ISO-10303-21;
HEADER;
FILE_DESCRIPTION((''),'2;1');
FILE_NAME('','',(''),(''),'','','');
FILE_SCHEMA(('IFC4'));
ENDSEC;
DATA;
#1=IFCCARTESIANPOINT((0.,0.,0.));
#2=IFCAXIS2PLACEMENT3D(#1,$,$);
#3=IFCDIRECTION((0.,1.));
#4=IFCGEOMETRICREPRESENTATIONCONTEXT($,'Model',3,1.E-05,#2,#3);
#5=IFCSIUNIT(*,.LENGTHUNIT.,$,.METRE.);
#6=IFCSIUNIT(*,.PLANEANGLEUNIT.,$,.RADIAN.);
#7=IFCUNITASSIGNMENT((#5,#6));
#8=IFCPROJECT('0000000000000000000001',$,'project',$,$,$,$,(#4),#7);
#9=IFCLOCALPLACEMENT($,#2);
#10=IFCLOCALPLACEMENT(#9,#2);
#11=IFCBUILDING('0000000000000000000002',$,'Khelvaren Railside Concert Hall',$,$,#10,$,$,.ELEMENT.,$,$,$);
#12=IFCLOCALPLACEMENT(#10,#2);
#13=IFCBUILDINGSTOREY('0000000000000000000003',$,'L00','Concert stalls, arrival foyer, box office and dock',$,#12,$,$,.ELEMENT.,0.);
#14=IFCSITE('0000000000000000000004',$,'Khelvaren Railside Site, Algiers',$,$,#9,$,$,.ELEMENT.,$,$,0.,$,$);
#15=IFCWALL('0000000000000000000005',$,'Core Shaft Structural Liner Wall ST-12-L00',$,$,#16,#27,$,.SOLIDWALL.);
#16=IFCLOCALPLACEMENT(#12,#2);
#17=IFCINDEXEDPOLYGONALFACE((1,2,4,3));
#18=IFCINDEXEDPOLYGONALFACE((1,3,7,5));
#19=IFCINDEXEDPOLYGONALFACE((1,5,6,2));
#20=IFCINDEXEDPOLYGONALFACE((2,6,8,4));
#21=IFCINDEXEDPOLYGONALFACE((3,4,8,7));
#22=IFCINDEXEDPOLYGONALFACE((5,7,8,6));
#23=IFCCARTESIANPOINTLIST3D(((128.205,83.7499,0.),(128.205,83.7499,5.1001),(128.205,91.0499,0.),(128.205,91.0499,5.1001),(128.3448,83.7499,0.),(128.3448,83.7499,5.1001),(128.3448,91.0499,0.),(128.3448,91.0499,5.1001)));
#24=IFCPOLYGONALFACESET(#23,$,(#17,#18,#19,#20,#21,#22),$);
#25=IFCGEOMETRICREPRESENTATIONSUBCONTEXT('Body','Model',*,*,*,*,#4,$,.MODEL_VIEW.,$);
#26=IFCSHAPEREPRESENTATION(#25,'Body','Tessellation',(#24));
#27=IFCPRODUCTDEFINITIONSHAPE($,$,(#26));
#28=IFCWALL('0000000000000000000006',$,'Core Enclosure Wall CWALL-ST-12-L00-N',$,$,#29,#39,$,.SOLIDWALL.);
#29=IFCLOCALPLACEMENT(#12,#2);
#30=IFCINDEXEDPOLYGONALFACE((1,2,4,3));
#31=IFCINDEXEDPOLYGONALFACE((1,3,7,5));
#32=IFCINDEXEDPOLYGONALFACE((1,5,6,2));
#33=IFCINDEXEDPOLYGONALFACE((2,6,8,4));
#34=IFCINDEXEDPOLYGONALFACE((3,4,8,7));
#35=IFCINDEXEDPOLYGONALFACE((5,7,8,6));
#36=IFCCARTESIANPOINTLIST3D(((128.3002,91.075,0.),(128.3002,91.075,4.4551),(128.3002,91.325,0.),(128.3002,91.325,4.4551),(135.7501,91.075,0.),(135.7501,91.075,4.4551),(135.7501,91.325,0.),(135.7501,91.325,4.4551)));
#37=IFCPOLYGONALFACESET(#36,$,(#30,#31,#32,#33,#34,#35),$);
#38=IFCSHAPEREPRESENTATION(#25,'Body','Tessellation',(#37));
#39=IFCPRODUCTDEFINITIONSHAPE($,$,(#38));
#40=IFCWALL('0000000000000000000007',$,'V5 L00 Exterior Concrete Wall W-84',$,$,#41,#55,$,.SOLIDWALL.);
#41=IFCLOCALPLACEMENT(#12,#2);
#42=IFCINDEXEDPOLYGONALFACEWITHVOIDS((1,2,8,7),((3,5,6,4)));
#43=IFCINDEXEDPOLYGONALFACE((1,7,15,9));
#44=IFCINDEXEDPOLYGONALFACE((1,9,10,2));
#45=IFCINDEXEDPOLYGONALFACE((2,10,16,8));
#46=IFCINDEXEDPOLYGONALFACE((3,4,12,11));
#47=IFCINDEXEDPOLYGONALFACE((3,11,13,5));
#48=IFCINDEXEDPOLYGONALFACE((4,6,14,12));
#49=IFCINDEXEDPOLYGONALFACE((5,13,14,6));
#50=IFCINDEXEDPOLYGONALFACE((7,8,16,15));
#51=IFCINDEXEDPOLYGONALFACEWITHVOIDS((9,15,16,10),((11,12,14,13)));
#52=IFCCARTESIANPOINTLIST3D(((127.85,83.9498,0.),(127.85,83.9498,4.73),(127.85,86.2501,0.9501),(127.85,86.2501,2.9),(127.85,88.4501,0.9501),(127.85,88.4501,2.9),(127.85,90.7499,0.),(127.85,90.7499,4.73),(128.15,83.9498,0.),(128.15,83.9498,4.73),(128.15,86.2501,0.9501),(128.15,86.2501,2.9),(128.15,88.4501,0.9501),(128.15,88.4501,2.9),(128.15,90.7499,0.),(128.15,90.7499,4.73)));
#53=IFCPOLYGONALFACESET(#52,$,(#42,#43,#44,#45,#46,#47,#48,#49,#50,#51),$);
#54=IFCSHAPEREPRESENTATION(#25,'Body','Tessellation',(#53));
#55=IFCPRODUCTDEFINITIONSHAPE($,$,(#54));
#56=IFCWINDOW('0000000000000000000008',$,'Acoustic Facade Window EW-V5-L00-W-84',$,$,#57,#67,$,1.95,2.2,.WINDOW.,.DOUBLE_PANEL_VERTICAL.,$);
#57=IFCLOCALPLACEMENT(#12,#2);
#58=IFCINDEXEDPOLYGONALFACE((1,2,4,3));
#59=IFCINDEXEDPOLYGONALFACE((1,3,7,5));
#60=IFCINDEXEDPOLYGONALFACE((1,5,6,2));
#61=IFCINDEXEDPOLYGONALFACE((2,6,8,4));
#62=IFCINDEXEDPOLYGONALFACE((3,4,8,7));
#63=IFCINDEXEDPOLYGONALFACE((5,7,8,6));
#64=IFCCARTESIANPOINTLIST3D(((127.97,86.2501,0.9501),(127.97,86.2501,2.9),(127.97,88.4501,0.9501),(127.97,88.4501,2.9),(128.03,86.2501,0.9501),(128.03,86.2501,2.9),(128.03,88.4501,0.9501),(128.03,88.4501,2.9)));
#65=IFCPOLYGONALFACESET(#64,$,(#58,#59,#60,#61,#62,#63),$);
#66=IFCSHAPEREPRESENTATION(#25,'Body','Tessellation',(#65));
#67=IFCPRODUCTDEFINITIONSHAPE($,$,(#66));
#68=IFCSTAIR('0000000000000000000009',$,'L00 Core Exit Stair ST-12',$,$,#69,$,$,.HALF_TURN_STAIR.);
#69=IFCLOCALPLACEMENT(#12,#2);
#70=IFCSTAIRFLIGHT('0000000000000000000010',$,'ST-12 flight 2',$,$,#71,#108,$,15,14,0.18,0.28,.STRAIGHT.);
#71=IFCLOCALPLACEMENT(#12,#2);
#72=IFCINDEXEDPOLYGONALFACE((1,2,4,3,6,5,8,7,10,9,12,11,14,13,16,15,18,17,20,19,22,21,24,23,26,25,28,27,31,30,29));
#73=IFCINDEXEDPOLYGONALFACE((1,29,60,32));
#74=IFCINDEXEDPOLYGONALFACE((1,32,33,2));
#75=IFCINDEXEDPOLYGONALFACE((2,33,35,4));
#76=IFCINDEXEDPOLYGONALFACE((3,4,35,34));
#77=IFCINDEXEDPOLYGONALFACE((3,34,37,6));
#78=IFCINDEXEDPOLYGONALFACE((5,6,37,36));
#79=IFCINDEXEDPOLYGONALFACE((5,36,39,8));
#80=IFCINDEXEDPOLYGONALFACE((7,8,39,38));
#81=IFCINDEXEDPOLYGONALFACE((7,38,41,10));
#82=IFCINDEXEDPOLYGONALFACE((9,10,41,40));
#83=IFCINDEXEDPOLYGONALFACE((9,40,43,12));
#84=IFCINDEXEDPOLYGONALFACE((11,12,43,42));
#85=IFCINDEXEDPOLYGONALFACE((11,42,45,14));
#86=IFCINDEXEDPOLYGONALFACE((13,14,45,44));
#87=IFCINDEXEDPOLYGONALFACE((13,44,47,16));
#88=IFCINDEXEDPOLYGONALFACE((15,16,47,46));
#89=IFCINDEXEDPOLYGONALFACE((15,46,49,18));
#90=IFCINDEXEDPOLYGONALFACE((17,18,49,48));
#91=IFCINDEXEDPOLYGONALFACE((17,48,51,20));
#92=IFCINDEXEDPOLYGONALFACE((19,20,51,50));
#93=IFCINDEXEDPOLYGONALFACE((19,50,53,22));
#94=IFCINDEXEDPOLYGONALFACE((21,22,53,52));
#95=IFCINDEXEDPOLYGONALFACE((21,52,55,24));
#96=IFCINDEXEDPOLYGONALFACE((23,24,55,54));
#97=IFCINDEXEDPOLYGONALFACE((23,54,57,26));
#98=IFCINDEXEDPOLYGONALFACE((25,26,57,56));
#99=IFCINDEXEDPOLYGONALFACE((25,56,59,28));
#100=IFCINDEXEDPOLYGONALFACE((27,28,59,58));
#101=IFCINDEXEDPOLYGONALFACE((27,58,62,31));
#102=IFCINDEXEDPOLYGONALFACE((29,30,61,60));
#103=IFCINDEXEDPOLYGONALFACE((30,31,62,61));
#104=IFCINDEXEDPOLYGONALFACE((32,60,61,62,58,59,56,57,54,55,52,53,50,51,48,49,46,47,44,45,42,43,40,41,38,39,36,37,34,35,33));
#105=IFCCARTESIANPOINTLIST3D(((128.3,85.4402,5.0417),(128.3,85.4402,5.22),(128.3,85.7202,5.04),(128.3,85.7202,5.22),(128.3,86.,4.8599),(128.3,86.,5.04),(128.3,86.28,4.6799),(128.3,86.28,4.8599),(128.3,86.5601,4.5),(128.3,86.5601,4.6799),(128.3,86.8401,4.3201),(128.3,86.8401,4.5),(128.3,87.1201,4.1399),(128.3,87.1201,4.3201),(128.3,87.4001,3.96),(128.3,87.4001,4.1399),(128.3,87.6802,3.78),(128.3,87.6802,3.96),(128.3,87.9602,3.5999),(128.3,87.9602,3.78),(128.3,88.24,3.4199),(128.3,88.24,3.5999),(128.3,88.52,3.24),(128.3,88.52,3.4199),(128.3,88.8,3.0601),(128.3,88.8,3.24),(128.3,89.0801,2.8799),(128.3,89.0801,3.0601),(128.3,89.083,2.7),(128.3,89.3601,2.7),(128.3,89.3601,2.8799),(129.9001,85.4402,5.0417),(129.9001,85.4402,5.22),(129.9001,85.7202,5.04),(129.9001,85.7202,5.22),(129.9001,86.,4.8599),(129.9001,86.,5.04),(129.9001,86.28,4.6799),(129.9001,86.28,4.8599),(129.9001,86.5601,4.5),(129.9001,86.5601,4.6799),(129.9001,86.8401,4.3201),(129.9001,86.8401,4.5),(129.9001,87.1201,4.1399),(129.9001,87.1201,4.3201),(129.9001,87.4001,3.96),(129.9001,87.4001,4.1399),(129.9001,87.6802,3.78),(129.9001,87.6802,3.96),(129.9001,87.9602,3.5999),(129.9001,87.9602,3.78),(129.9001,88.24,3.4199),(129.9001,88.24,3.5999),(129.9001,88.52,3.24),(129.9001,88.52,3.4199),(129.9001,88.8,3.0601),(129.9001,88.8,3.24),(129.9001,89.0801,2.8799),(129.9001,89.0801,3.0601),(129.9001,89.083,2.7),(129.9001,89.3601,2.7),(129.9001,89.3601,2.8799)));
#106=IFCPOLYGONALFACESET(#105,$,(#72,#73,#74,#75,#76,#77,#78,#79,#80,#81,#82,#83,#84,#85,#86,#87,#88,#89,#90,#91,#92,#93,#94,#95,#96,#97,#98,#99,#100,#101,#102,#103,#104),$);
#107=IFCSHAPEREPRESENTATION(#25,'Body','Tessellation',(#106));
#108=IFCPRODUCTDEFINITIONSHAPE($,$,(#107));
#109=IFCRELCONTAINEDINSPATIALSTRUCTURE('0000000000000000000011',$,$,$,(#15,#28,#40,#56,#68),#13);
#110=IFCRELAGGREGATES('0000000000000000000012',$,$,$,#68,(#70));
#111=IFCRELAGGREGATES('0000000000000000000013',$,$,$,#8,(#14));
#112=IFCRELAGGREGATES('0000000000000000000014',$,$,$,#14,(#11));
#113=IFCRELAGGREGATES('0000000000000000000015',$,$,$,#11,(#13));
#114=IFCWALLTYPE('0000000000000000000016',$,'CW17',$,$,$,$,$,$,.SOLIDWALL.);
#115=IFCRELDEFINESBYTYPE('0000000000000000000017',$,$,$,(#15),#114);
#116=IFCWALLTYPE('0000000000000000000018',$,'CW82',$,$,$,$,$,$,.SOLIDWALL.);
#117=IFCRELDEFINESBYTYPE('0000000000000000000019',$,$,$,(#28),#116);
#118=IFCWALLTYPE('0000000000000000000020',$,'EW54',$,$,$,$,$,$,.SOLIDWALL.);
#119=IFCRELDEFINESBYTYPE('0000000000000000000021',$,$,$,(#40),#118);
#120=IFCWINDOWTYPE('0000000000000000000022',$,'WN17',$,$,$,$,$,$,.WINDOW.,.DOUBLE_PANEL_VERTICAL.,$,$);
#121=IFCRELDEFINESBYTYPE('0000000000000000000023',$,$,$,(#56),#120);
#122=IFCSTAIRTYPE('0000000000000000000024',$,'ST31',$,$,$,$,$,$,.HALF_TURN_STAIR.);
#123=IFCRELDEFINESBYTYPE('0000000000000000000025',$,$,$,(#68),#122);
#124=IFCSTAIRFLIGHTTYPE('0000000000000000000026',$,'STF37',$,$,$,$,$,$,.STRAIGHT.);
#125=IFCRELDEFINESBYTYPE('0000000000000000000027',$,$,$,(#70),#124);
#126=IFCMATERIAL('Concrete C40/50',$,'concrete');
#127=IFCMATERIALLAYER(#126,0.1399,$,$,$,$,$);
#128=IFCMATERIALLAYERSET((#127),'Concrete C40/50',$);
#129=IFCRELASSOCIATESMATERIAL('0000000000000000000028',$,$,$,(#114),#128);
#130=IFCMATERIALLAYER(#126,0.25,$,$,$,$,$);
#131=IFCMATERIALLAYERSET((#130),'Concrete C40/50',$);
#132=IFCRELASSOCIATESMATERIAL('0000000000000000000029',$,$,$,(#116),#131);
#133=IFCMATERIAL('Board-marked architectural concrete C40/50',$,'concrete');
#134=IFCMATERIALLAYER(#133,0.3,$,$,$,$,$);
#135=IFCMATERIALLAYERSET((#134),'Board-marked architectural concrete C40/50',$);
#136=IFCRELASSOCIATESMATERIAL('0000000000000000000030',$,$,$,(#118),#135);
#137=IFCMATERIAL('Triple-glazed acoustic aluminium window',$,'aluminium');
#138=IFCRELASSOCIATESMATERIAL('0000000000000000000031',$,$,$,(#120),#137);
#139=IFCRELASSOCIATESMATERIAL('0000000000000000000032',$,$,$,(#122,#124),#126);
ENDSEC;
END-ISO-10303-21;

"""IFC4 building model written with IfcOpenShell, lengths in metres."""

from ifc_helpers import new_model, si_unit, direction, frame, frame_2d, origin, place, context, subcontext, project, spatial, polyline, rectangle, outline, extrude, material, layer, layer_set, type_object, element, fill, aggregate, save


model = new_model("IFC4")

# Units and contexts
model_context = context("Model", 3, precision=1e-05, world=origin(), true_north=direction((0.0, 1.0)))
body_context = subcontext(model_context, "Body", "Model", "MODEL_VIEW")
ifc_project = project(units=[si_unit("LENGTHUNIT", "METRE"), si_unit("PLANEANGLEUNIT", "RADIAN")], contexts=[model_context])

# Site, building, storey
site_placement = place(None, origin())
site = spatial("IfcSite", under=ifc_project, at=site_placement, Name="Khelvaren Railside Site, Algiers", CompositionType="ELEMENT", RefElevation=0.0)
building_placement = place(site_placement, origin())
building = spatial("IfcBuilding", under=site, at=building_placement, Name="Khelvaren Railside Concert Hall", CompositionType="ELEMENT")
storey_placement = place(building_placement, origin())
storey = spatial("IfcBuildingStorey", under=building, at=storey_placement, Name="L00", Description="Concert stalls, arrival foyer, box office and dock", CompositionType="ELEMENT", Elevation=0.0)

# Walls
ifc_material_1 = material(Name="Concrete C40/50", Category="concrete")
ifc_layer_1 = layer(ifc_material_1, 0.1399)
ifc_layer_set_1 = layer_set([ifc_layer_1], Name="Concrete C40/50")
wall_type_1 = type_object("IfcWallType", Name="CW17", PredefinedType="SOLIDWALL", material=ifc_layer_set_1)
wall_1_placement = place(storey_placement, frame((128.2749, 83.75, 0.0), z_axis=(0.0, 0.0, 1.0), x_axis=(0.0, 1.0, 0.0)))
element("IfcWall", 1, at=wall_1_placement, inside=storey, type_object=wall_type_1, Name="Core Shaft Structural Liner Wall ST-12-L00", PredefinedType="SOLIDWALL", context=body_context, shape_type="SweptSolid", body=[
    extrude(rectangle(XDim=7.3, YDim=0.1399, at=frame_2d((3.6499, 0.0))), origin(), (0.0, 0.0, 1.0), 5.1001),
])
ifc_layer_2 = layer(ifc_material_1, 0.25)
ifc_layer_set_2 = layer_set([ifc_layer_2], Name="Concrete C40/50")
wall_type_2 = type_object("IfcWallType", Name="CW82", PredefinedType="SOLIDWALL", material=ifc_layer_set_2)
wall_2_placement = place(storey_placement, frame((128.3, 91.2, 0.0), z_axis=(0.0, 0.0, 1.0), x_axis=(1.0, 0.0, 0.0)))
element("IfcWall", 2, at=wall_2_placement, inside=storey, type_object=wall_type_2, Name="Core Enclosure Wall CWALL-ST-12-L00-N", PredefinedType="SOLIDWALL", context=body_context, shape_type="SweptSolid", body=[
    extrude(rectangle(XDim=7.45, YDim=0.25, at=frame_2d((3.7251, 0.0))), origin(), (0.0, 0.0, 1.0), 4.4551),
])

# Wall, opening, window
ifc_material_2 = material(Name="Board-marked architectural concrete C40/50", Category="concrete")
ifc_layer_3 = layer(ifc_material_2, 0.3)
ifc_layer_set_3 = layer_set([ifc_layer_3], Name="Board-marked architectural concrete C40/50")
wall_type_3 = type_object("IfcWallType", Name="EW54", PredefinedType="SOLIDWALL", material=ifc_layer_set_3)
wall_3_placement = place(storey_placement, frame((128.0, 83.95, 0.0), z_axis=(0.0, 0.0, 1.0), x_axis=(0.0, 1.0, 0.0)))
wall_3 = element("IfcWall", 3, at=wall_3_placement, inside=storey, type_object=wall_type_3, Name="V5 L00 Exterior Concrete Wall W-84", PredefinedType="SOLIDWALL", context=body_context, shape_type="SweptSolid", body=[
    extrude(rectangle(XDim=6.8, YDim=0.3, at=frame_2d((3.3999, 0.0))), origin(), (0.0, 0.0, 1.0), 4.73),
])
opening_placement = place(wall_3_placement, frame((2.3, 0.0, 0.95)))
opening = element("IfcOpeningElement", 4, at=opening_placement, cuts=wall_3, PredefinedType="OPENING", context=body_context, shape_type="SweptSolid", body=[
    extrude(rectangle(XDim=2.2, YDim=1.95, at=frame_2d((1.1001, 0.9751))), frame((0.0, 0.1599, 0.0), z_axis=(0.0, -1.0, 0.0), x_axis=(1.0, 0.0, 0.0)), (0.0, 0.0, 1.0), 0.3201),
])
ifc_material_3 = material(Name="Triple-glazed acoustic aluminium window", Category="aluminium")
window_type = type_object("IfcWindowType", Name="WN17", PartitioningType="DOUBLE_PANEL_VERTICAL", PredefinedType="WINDOW", material=ifc_material_3)
window_placement = place(opening_placement, origin())
window = element("IfcWindow", 5, at=window_placement, inside=storey, type_object=window_type, Name="Acoustic Facade Window EW-V5-L00-W-84", OverallHeight=1.95, OverallWidth=2.2, PartitioningType="DOUBLE_PANEL_VERTICAL", PredefinedType="WINDOW", context=body_context, shape_type="SweptSolid", body=[
    extrude(rectangle(XDim=2.2, YDim=1.95, at=frame_2d((1.1001, 0.9751))), frame((0.0, 0.03, 0.0), z_axis=(0.0, -1.0, 0.0), x_axis=(1.0, 0.0, 0.0)), (0.0, 0.0, 1.0), 0.0601),
])
fill(opening, window)

# Stair, stair flight
stair_type = type_object("IfcStairType", Name="ST31", PredefinedType="HALF_TURN_STAIR", material=ifc_material_1)
stair_placement = place(storey_placement, origin())
stair = element("IfcStair", 6, at=stair_placement, inside=storey, type_object=stair_type, Name="L00 Core Exit Stair ST-12", PredefinedType="HALF_TURN_STAIR")
stair_flight_type = type_object("IfcStairFlightType", Name="STF37", PredefinedType="STRAIGHT", material=ifc_material_1)
stair_flight_placement = place(storey_placement, frame((129.1001, 89.3601, 2.7), z_axis=(0.0, 0.0, 1.0), x_axis=(0.0, -1.0, 0.0)))
stair_flight = element("IfcStairFlight", 7, at=stair_flight_placement, type_object=stair_flight_type, Name="ST-12 flight 2", NumberOfRisers=15, NumberOfTreads=14, PredefinedType="STRAIGHT", RiserHeight=0.18, TreadLength=0.28, context=body_context, shape_type="SweptSolid", body=[
    extrude(outline(polyline([(0.0, 0.0), (0.0, 0.1799), (0.28, 0.1799), (0.28, 0.3601), (0.5601, 0.3601), (0.5601, 0.54), (0.8401, 0.54), (0.8401, 0.72), (1.1201, 0.72), (1.1201, 0.8999), (1.3999, 0.8999), (1.3999, 1.0801), (1.6799, 1.0801), (1.6799, 1.26), (1.96, 1.26), (1.96, 1.4399), (2.24, 1.4399), (2.24, 1.6201), (2.52, 1.6201), (2.52, 1.8), (2.8, 1.8), (2.8, 1.98), (3.0801, 1.98), (3.0801, 2.1599), (3.3601, 2.1599), (3.3601, 2.3401), (3.6399, 2.3401), (3.6399, 2.52), (3.9199, 2.52), (3.9199, 2.7), (3.9199, 2.3418), (0.2771, 0.0), (0.0, 0.0)])), frame((0.0, 0.8, 0.0), z_axis=(0.0, -1.0, 0.0), x_axis=(1.0, 0.0, 0.0)), (0.0, 0.0, 1.0), 1.6001),
])
aggregate(stair, [stair_flight])

save(model, "model.ifc")
